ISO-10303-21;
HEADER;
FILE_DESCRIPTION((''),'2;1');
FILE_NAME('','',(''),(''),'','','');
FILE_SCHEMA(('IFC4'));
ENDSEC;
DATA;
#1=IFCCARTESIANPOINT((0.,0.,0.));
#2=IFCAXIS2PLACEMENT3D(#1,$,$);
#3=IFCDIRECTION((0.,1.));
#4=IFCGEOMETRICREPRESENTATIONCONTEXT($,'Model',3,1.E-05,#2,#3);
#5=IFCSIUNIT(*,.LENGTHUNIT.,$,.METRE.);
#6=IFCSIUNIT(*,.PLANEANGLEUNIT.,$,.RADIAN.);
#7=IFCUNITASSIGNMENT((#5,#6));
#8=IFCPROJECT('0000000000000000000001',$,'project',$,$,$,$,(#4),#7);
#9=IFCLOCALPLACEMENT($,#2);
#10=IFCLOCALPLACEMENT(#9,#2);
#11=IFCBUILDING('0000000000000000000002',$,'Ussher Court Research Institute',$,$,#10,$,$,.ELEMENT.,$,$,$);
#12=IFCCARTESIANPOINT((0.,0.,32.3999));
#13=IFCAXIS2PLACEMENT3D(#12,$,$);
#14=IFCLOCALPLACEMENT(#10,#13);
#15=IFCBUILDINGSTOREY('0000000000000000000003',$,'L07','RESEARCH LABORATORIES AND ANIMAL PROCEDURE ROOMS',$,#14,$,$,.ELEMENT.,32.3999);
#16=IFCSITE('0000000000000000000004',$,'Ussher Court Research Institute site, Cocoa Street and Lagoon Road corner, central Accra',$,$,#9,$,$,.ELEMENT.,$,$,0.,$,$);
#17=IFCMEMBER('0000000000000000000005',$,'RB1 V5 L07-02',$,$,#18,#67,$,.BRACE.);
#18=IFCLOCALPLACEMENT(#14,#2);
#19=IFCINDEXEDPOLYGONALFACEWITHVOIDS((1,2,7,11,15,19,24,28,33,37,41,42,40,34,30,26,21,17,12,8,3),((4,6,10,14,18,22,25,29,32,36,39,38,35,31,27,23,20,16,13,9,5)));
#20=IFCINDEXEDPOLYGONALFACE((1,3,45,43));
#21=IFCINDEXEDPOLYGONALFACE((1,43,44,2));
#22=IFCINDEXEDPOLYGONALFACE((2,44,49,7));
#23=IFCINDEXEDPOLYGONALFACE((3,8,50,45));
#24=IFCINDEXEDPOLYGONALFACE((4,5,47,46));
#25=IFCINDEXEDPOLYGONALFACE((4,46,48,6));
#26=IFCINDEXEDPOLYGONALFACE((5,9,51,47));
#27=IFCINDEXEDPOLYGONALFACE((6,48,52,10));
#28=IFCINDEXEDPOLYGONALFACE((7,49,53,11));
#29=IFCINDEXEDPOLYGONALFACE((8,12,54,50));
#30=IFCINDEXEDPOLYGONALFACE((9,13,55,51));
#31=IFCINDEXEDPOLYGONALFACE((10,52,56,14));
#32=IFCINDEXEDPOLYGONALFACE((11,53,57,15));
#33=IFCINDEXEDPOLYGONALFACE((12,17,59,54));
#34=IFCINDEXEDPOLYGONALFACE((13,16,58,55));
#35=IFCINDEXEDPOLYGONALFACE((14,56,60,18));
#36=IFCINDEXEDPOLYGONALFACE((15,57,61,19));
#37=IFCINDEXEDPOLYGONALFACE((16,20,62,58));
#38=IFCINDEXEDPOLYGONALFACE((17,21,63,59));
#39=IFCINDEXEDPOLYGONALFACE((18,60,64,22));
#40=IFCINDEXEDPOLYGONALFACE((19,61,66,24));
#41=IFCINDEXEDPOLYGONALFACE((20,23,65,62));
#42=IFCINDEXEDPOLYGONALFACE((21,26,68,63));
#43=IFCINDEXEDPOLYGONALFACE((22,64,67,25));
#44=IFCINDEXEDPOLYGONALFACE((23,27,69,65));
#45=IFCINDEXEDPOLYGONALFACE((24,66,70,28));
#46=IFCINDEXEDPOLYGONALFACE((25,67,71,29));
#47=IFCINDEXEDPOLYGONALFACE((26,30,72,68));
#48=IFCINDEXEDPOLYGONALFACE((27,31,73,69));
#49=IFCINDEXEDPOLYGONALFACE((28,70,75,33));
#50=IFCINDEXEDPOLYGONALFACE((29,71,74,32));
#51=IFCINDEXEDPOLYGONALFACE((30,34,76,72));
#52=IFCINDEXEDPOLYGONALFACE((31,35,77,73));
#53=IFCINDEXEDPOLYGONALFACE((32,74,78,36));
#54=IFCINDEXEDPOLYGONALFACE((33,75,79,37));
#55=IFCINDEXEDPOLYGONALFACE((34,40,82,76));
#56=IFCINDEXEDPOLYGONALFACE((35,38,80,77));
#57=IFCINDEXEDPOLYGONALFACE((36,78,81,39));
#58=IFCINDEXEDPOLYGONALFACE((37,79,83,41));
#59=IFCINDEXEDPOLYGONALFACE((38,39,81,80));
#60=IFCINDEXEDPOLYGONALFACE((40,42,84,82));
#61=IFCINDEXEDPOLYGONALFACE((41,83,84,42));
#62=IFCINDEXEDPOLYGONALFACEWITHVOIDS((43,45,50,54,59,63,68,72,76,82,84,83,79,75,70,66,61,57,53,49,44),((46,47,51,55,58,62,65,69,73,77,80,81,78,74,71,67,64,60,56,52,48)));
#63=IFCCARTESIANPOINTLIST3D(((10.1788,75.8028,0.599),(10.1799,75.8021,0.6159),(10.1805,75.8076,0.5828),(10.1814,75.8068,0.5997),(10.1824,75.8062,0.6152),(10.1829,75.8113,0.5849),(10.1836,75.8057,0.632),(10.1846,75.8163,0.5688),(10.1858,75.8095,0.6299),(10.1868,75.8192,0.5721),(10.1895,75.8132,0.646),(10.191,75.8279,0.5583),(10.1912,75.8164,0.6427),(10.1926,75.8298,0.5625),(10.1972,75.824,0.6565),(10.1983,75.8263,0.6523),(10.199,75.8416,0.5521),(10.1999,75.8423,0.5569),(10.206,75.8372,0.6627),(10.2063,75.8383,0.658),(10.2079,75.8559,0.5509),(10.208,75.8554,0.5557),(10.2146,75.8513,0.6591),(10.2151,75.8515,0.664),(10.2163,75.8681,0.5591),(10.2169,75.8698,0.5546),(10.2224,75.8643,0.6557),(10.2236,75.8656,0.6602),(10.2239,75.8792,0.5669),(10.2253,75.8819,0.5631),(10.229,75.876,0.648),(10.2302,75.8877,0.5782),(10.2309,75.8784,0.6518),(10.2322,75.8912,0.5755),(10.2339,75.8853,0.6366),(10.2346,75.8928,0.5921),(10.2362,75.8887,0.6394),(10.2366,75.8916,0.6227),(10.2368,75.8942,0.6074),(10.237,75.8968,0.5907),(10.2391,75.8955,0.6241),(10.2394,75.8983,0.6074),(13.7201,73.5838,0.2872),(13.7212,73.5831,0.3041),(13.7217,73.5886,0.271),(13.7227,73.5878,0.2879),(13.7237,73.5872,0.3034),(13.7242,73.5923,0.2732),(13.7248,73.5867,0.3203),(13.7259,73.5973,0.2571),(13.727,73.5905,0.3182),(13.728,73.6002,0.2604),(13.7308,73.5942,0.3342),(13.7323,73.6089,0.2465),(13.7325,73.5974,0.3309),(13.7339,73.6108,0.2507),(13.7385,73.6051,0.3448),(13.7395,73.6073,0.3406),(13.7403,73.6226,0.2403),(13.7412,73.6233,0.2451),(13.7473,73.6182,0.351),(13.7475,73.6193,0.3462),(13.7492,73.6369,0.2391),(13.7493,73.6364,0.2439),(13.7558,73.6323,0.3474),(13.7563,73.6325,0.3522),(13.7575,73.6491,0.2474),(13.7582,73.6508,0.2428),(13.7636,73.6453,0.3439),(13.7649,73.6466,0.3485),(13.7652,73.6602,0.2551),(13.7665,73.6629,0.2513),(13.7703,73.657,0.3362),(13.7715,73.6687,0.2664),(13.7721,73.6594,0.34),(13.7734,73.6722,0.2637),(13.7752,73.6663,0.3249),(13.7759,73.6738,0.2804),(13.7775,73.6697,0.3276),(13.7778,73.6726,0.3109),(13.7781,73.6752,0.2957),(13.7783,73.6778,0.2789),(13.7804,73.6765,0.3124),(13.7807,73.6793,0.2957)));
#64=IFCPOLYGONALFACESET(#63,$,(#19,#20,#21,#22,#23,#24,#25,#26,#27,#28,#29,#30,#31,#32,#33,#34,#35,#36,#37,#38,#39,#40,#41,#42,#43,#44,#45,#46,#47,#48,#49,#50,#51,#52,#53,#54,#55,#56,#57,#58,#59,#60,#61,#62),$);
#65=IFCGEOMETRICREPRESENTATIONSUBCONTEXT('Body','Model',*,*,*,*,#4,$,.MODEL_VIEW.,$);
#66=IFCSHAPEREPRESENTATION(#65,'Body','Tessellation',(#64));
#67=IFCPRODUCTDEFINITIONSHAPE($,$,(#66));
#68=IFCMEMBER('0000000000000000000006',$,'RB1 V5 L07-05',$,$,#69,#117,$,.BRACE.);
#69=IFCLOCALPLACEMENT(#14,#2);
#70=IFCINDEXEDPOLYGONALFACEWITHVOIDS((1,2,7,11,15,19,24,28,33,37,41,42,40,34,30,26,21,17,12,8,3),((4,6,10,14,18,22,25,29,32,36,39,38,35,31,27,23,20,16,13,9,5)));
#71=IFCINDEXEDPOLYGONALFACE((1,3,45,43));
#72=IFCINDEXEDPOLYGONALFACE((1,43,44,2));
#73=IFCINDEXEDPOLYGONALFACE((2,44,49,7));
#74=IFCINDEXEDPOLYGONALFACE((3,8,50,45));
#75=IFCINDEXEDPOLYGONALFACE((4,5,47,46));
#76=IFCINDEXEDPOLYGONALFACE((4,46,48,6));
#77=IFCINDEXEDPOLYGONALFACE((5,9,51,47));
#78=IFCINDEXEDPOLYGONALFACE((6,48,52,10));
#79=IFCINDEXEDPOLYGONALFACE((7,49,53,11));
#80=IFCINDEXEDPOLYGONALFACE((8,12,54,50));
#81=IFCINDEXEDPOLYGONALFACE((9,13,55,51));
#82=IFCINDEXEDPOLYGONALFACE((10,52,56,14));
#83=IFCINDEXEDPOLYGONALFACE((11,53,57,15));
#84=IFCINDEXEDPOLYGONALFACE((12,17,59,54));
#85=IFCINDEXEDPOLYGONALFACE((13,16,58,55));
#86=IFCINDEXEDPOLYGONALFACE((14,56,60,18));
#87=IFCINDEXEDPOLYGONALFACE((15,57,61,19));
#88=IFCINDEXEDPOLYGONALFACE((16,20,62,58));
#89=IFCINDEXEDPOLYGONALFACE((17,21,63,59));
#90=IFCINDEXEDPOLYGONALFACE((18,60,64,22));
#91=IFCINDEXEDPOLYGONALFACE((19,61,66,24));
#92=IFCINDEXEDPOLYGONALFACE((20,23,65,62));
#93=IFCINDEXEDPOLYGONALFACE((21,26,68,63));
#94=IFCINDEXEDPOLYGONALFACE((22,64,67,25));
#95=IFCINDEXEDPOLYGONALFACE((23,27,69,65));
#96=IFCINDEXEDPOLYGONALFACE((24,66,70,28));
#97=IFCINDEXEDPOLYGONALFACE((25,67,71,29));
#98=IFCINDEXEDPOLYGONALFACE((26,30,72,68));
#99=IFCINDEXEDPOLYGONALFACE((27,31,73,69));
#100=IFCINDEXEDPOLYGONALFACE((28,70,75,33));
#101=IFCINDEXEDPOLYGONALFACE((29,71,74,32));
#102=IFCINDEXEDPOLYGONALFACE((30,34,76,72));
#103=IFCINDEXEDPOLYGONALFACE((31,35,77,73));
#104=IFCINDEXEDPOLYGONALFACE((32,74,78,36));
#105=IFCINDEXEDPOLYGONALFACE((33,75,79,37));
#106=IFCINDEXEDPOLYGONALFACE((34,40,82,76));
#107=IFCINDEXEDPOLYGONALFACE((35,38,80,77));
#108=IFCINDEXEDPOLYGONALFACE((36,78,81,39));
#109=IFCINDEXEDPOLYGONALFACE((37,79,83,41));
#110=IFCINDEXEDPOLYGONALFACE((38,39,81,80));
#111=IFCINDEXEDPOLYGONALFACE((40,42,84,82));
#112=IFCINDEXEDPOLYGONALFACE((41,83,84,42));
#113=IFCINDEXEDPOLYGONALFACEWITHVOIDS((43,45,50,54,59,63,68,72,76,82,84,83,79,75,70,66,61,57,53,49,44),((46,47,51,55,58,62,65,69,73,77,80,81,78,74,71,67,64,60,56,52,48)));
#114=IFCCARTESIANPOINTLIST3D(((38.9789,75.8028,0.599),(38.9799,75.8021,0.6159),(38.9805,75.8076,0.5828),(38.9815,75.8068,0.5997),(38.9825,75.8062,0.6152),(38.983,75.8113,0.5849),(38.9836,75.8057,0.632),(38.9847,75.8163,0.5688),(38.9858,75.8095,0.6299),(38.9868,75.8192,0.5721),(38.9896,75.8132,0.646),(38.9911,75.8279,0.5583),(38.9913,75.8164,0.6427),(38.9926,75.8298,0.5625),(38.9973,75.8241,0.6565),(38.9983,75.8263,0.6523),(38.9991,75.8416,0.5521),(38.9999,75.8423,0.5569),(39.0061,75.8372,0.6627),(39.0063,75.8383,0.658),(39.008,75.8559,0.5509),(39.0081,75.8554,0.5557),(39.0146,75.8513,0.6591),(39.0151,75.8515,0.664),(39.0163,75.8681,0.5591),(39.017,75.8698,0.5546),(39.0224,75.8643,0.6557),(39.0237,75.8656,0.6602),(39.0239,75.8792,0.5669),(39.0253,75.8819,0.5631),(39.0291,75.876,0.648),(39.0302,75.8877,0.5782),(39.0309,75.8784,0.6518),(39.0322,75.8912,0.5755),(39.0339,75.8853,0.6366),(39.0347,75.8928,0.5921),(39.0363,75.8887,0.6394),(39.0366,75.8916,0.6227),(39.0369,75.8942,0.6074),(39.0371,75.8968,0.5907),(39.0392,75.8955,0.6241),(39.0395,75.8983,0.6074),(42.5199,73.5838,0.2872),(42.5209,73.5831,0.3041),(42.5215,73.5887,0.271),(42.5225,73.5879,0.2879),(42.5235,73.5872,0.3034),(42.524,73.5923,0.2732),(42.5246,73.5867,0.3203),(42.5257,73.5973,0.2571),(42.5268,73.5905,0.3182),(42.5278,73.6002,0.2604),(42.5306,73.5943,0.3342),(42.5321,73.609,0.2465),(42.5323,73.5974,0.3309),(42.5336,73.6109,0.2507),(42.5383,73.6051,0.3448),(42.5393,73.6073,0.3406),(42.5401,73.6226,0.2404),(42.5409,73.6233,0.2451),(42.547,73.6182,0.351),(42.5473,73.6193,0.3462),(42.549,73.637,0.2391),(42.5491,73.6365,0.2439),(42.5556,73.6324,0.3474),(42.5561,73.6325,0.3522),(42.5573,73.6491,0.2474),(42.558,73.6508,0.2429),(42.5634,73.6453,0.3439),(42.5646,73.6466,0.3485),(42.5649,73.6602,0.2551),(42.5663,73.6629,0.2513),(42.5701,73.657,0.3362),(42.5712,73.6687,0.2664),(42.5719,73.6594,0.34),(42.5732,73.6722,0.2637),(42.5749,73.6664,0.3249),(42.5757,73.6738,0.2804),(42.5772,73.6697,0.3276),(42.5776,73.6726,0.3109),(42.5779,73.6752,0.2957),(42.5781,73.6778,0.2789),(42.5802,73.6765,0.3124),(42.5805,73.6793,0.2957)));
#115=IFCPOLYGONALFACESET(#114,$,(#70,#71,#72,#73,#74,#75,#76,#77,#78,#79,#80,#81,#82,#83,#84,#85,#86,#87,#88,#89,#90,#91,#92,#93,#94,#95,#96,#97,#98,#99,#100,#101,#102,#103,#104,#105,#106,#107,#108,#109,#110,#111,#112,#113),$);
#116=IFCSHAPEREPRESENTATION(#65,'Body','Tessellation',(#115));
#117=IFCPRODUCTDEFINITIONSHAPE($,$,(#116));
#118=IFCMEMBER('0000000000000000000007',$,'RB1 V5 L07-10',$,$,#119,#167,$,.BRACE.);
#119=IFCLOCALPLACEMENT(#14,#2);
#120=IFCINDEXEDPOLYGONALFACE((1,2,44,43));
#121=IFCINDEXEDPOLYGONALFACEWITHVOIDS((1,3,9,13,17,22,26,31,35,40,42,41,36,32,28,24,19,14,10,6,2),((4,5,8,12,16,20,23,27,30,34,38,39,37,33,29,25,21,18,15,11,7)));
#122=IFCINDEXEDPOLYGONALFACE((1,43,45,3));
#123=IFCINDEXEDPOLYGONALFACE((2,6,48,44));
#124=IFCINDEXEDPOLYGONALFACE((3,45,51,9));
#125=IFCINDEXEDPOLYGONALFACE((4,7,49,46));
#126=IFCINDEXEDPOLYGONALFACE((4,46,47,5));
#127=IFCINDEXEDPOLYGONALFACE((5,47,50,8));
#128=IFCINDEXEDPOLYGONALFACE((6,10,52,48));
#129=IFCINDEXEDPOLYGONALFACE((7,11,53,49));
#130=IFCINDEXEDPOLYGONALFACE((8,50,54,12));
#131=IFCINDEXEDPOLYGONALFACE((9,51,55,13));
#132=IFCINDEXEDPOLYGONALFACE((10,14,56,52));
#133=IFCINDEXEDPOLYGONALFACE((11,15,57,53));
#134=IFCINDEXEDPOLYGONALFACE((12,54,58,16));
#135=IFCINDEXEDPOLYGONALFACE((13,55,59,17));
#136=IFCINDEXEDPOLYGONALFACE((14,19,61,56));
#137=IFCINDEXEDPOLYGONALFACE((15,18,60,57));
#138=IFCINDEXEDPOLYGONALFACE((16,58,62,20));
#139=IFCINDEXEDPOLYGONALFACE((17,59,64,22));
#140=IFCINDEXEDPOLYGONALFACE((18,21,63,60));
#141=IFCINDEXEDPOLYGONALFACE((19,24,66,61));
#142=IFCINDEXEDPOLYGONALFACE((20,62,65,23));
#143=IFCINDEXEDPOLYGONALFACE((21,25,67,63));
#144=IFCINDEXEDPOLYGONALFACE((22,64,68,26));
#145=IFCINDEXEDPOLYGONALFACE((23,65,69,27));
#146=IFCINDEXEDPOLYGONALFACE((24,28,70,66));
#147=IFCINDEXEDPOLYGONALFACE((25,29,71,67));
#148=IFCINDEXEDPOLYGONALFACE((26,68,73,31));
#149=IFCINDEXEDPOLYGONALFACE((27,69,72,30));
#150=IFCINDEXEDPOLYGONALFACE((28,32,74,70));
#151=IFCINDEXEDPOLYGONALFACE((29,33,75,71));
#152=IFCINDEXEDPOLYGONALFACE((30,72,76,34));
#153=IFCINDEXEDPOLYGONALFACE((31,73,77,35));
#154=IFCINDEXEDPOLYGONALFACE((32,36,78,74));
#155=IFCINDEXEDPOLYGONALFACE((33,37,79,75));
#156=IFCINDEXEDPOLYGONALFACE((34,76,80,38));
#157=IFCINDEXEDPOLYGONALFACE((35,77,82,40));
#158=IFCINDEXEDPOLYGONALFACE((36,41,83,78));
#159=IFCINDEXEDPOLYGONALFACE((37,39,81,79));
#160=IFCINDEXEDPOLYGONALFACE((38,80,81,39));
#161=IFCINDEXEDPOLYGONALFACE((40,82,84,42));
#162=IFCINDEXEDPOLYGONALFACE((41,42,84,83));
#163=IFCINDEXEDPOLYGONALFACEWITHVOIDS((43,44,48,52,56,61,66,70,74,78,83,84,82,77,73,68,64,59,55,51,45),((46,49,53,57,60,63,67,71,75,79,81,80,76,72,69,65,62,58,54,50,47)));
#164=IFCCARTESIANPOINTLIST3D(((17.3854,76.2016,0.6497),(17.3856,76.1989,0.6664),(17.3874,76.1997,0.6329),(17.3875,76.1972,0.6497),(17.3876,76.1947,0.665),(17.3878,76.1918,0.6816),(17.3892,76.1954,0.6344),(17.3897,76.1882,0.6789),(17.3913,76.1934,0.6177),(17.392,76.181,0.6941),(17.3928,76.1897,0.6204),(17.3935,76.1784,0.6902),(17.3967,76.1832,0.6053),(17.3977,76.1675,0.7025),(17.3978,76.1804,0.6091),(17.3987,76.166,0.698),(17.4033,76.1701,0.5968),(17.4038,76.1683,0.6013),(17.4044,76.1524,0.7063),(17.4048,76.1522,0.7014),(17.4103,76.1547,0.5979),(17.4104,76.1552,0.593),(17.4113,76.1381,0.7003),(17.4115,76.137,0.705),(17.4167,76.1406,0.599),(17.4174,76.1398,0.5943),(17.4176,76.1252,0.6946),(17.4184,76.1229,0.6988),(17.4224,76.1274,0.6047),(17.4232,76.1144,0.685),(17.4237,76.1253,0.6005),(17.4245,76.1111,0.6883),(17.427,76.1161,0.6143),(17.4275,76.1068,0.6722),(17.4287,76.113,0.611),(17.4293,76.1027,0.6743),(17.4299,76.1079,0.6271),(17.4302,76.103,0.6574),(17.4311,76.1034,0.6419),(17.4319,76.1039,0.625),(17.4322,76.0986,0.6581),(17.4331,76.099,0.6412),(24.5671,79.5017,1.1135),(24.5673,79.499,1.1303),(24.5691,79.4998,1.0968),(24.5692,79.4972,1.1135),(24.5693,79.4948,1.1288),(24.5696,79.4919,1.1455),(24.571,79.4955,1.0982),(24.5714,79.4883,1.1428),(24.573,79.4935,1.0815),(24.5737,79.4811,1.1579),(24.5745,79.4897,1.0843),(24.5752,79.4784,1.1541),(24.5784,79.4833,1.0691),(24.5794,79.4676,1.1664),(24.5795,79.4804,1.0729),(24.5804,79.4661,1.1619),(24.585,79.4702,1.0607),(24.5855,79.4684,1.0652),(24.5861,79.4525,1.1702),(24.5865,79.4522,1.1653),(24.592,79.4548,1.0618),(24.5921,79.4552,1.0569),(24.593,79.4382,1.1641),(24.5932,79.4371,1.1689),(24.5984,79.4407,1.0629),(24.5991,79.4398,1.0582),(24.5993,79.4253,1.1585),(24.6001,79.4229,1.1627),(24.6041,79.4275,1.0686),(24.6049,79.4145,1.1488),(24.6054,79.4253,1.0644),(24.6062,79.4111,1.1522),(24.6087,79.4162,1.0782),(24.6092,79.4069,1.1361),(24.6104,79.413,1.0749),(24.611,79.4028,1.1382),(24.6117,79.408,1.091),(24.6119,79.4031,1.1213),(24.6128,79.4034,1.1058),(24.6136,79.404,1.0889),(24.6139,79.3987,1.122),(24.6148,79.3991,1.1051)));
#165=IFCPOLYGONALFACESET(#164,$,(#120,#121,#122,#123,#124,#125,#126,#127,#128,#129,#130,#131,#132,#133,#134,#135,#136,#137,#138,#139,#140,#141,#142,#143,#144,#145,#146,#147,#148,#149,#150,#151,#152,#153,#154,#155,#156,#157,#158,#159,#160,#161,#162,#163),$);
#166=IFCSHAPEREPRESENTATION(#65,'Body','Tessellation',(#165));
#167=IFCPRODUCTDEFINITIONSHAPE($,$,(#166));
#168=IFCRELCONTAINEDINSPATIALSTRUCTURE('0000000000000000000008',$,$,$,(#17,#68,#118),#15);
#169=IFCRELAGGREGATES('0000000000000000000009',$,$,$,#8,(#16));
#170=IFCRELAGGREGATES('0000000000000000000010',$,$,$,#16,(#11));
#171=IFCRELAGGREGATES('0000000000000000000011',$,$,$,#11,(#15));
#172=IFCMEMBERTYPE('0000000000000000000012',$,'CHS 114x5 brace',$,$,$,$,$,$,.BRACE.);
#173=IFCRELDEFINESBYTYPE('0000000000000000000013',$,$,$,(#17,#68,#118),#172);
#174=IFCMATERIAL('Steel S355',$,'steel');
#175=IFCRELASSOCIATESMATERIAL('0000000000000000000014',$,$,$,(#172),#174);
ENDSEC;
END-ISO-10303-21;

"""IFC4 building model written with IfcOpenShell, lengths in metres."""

from ifc_helpers import new_model, si_unit, direction, frame, origin, origin_2d, place, context, subcontext, project, spatial, hollow_circle, extrude, material, material_profile, profile_set, type_object, element, save


model = new_model("IFC4")

# Units and contexts
model_context = context("Model", 3, precision=1e-05, world=origin(), true_north=direction((0.0, 1.0)))
body_context = subcontext(model_context, "Body", "Model", "MODEL_VIEW")
ifc_project = project(units=[si_unit("LENGTHUNIT", "METRE"), si_unit("PLANEANGLEUNIT", "RADIAN")], contexts=[model_context])

# Site, building, storey
site_placement = place(None, origin())
site = spatial("IfcSite", under=ifc_project, at=site_placement, Name="Ussher Court Research Institute site, Cocoa Street and Lagoon Road corner, central Accra", CompositionType="ELEMENT", RefElevation=0.0)
building_placement = place(site_placement, origin())
building = spatial("IfcBuilding", under=site, at=building_placement, Name="Ussher Court Research Institute", CompositionType="ELEMENT")
storey_placement = place(building_placement, frame((0.0, 0.0, 32.3999)))
storey = spatial("IfcBuildingStorey", under=building, at=storey_placement, Name="L07", Description="RESEARCH LABORATORIES AND ANIMAL PROCEDURE ROOMS", CompositionType="ELEMENT", Elevation=32.3999)

# Members
ifc_material_1 = material(Name="Steel S355", Category="steel")
ifc_material_profile_1 = material_profile(ifc_material_1, hollow_circle(Radius=0.0569, WallThickness=0.0049, at=origin_2d()), Name="CHS 114x5")
ifc_profile_set_1 = profile_set([ifc_material_profile_1], Name="Steel S355")
member_type_1 = type_object("IfcMemberType", Name="CHS 114x5 brace", PredefinedType="BRACE", material=ifc_profile_set_1)
member_1_placement = place(storey_placement, frame((10.2092, 75.8501, 0.6074), z_axis=(0.845036, -0.529509, -0.074396), x_axis=(0.530981, 0.847384, 0.0)))
element("IfcMember", 1, at=member_1_placement, inside=storey, type_object=member_type_1, Name="RB1 V5 L07-02", PredefinedType="BRACE", context=body_context, shape_type="SweptSolid", body=[
    extrude(hollow_circle(Radius=0.0569, WallThickness=0.0049, at=origin_2d()), origin(), (0.0, 0.0, 1.0), 4.1907),
])
member_2_placement = place(storey_placement, frame((39.0093, 75.8501, 0.6074), z_axis=(0.845019, -0.529535, -0.074399), x_axis=(0.531007, 0.847368, 0.0)))
element("IfcMember", 2, at=member_2_placement, inside=storey, type_object=member_type_1, Name="RB1 V5 L07-05", PredefinedType="BRACE", context=body_context, shape_type="SweptSolid", body=[
    extrude(hollow_circle(Radius=0.0569, WallThickness=0.0049, at=origin_2d()), origin(), (0.0, 0.0, 1.0), 4.1904),
])
member_3_placement = place(storey_placement, frame((17.4092, 76.1499, 0.6497), z_axis=(0.907098, 0.416822, 0.05859), x_axis=(-0.417539, 0.908659, 0.0)))
element("IfcMember", 3, at=member_3_placement, inside=storey, type_object=member_type_1, Name="RB1 V5 L07-10", PredefinedType="BRACE", context=body_context, shape_type="SweptSolid", body=[
    extrude(hollow_circle(Radius=0.0569, WallThickness=0.0049, at=origin_2d()), origin(), (0.0, 0.0, 1.0), 7.9172),
])

save(model, "model.ifc")
